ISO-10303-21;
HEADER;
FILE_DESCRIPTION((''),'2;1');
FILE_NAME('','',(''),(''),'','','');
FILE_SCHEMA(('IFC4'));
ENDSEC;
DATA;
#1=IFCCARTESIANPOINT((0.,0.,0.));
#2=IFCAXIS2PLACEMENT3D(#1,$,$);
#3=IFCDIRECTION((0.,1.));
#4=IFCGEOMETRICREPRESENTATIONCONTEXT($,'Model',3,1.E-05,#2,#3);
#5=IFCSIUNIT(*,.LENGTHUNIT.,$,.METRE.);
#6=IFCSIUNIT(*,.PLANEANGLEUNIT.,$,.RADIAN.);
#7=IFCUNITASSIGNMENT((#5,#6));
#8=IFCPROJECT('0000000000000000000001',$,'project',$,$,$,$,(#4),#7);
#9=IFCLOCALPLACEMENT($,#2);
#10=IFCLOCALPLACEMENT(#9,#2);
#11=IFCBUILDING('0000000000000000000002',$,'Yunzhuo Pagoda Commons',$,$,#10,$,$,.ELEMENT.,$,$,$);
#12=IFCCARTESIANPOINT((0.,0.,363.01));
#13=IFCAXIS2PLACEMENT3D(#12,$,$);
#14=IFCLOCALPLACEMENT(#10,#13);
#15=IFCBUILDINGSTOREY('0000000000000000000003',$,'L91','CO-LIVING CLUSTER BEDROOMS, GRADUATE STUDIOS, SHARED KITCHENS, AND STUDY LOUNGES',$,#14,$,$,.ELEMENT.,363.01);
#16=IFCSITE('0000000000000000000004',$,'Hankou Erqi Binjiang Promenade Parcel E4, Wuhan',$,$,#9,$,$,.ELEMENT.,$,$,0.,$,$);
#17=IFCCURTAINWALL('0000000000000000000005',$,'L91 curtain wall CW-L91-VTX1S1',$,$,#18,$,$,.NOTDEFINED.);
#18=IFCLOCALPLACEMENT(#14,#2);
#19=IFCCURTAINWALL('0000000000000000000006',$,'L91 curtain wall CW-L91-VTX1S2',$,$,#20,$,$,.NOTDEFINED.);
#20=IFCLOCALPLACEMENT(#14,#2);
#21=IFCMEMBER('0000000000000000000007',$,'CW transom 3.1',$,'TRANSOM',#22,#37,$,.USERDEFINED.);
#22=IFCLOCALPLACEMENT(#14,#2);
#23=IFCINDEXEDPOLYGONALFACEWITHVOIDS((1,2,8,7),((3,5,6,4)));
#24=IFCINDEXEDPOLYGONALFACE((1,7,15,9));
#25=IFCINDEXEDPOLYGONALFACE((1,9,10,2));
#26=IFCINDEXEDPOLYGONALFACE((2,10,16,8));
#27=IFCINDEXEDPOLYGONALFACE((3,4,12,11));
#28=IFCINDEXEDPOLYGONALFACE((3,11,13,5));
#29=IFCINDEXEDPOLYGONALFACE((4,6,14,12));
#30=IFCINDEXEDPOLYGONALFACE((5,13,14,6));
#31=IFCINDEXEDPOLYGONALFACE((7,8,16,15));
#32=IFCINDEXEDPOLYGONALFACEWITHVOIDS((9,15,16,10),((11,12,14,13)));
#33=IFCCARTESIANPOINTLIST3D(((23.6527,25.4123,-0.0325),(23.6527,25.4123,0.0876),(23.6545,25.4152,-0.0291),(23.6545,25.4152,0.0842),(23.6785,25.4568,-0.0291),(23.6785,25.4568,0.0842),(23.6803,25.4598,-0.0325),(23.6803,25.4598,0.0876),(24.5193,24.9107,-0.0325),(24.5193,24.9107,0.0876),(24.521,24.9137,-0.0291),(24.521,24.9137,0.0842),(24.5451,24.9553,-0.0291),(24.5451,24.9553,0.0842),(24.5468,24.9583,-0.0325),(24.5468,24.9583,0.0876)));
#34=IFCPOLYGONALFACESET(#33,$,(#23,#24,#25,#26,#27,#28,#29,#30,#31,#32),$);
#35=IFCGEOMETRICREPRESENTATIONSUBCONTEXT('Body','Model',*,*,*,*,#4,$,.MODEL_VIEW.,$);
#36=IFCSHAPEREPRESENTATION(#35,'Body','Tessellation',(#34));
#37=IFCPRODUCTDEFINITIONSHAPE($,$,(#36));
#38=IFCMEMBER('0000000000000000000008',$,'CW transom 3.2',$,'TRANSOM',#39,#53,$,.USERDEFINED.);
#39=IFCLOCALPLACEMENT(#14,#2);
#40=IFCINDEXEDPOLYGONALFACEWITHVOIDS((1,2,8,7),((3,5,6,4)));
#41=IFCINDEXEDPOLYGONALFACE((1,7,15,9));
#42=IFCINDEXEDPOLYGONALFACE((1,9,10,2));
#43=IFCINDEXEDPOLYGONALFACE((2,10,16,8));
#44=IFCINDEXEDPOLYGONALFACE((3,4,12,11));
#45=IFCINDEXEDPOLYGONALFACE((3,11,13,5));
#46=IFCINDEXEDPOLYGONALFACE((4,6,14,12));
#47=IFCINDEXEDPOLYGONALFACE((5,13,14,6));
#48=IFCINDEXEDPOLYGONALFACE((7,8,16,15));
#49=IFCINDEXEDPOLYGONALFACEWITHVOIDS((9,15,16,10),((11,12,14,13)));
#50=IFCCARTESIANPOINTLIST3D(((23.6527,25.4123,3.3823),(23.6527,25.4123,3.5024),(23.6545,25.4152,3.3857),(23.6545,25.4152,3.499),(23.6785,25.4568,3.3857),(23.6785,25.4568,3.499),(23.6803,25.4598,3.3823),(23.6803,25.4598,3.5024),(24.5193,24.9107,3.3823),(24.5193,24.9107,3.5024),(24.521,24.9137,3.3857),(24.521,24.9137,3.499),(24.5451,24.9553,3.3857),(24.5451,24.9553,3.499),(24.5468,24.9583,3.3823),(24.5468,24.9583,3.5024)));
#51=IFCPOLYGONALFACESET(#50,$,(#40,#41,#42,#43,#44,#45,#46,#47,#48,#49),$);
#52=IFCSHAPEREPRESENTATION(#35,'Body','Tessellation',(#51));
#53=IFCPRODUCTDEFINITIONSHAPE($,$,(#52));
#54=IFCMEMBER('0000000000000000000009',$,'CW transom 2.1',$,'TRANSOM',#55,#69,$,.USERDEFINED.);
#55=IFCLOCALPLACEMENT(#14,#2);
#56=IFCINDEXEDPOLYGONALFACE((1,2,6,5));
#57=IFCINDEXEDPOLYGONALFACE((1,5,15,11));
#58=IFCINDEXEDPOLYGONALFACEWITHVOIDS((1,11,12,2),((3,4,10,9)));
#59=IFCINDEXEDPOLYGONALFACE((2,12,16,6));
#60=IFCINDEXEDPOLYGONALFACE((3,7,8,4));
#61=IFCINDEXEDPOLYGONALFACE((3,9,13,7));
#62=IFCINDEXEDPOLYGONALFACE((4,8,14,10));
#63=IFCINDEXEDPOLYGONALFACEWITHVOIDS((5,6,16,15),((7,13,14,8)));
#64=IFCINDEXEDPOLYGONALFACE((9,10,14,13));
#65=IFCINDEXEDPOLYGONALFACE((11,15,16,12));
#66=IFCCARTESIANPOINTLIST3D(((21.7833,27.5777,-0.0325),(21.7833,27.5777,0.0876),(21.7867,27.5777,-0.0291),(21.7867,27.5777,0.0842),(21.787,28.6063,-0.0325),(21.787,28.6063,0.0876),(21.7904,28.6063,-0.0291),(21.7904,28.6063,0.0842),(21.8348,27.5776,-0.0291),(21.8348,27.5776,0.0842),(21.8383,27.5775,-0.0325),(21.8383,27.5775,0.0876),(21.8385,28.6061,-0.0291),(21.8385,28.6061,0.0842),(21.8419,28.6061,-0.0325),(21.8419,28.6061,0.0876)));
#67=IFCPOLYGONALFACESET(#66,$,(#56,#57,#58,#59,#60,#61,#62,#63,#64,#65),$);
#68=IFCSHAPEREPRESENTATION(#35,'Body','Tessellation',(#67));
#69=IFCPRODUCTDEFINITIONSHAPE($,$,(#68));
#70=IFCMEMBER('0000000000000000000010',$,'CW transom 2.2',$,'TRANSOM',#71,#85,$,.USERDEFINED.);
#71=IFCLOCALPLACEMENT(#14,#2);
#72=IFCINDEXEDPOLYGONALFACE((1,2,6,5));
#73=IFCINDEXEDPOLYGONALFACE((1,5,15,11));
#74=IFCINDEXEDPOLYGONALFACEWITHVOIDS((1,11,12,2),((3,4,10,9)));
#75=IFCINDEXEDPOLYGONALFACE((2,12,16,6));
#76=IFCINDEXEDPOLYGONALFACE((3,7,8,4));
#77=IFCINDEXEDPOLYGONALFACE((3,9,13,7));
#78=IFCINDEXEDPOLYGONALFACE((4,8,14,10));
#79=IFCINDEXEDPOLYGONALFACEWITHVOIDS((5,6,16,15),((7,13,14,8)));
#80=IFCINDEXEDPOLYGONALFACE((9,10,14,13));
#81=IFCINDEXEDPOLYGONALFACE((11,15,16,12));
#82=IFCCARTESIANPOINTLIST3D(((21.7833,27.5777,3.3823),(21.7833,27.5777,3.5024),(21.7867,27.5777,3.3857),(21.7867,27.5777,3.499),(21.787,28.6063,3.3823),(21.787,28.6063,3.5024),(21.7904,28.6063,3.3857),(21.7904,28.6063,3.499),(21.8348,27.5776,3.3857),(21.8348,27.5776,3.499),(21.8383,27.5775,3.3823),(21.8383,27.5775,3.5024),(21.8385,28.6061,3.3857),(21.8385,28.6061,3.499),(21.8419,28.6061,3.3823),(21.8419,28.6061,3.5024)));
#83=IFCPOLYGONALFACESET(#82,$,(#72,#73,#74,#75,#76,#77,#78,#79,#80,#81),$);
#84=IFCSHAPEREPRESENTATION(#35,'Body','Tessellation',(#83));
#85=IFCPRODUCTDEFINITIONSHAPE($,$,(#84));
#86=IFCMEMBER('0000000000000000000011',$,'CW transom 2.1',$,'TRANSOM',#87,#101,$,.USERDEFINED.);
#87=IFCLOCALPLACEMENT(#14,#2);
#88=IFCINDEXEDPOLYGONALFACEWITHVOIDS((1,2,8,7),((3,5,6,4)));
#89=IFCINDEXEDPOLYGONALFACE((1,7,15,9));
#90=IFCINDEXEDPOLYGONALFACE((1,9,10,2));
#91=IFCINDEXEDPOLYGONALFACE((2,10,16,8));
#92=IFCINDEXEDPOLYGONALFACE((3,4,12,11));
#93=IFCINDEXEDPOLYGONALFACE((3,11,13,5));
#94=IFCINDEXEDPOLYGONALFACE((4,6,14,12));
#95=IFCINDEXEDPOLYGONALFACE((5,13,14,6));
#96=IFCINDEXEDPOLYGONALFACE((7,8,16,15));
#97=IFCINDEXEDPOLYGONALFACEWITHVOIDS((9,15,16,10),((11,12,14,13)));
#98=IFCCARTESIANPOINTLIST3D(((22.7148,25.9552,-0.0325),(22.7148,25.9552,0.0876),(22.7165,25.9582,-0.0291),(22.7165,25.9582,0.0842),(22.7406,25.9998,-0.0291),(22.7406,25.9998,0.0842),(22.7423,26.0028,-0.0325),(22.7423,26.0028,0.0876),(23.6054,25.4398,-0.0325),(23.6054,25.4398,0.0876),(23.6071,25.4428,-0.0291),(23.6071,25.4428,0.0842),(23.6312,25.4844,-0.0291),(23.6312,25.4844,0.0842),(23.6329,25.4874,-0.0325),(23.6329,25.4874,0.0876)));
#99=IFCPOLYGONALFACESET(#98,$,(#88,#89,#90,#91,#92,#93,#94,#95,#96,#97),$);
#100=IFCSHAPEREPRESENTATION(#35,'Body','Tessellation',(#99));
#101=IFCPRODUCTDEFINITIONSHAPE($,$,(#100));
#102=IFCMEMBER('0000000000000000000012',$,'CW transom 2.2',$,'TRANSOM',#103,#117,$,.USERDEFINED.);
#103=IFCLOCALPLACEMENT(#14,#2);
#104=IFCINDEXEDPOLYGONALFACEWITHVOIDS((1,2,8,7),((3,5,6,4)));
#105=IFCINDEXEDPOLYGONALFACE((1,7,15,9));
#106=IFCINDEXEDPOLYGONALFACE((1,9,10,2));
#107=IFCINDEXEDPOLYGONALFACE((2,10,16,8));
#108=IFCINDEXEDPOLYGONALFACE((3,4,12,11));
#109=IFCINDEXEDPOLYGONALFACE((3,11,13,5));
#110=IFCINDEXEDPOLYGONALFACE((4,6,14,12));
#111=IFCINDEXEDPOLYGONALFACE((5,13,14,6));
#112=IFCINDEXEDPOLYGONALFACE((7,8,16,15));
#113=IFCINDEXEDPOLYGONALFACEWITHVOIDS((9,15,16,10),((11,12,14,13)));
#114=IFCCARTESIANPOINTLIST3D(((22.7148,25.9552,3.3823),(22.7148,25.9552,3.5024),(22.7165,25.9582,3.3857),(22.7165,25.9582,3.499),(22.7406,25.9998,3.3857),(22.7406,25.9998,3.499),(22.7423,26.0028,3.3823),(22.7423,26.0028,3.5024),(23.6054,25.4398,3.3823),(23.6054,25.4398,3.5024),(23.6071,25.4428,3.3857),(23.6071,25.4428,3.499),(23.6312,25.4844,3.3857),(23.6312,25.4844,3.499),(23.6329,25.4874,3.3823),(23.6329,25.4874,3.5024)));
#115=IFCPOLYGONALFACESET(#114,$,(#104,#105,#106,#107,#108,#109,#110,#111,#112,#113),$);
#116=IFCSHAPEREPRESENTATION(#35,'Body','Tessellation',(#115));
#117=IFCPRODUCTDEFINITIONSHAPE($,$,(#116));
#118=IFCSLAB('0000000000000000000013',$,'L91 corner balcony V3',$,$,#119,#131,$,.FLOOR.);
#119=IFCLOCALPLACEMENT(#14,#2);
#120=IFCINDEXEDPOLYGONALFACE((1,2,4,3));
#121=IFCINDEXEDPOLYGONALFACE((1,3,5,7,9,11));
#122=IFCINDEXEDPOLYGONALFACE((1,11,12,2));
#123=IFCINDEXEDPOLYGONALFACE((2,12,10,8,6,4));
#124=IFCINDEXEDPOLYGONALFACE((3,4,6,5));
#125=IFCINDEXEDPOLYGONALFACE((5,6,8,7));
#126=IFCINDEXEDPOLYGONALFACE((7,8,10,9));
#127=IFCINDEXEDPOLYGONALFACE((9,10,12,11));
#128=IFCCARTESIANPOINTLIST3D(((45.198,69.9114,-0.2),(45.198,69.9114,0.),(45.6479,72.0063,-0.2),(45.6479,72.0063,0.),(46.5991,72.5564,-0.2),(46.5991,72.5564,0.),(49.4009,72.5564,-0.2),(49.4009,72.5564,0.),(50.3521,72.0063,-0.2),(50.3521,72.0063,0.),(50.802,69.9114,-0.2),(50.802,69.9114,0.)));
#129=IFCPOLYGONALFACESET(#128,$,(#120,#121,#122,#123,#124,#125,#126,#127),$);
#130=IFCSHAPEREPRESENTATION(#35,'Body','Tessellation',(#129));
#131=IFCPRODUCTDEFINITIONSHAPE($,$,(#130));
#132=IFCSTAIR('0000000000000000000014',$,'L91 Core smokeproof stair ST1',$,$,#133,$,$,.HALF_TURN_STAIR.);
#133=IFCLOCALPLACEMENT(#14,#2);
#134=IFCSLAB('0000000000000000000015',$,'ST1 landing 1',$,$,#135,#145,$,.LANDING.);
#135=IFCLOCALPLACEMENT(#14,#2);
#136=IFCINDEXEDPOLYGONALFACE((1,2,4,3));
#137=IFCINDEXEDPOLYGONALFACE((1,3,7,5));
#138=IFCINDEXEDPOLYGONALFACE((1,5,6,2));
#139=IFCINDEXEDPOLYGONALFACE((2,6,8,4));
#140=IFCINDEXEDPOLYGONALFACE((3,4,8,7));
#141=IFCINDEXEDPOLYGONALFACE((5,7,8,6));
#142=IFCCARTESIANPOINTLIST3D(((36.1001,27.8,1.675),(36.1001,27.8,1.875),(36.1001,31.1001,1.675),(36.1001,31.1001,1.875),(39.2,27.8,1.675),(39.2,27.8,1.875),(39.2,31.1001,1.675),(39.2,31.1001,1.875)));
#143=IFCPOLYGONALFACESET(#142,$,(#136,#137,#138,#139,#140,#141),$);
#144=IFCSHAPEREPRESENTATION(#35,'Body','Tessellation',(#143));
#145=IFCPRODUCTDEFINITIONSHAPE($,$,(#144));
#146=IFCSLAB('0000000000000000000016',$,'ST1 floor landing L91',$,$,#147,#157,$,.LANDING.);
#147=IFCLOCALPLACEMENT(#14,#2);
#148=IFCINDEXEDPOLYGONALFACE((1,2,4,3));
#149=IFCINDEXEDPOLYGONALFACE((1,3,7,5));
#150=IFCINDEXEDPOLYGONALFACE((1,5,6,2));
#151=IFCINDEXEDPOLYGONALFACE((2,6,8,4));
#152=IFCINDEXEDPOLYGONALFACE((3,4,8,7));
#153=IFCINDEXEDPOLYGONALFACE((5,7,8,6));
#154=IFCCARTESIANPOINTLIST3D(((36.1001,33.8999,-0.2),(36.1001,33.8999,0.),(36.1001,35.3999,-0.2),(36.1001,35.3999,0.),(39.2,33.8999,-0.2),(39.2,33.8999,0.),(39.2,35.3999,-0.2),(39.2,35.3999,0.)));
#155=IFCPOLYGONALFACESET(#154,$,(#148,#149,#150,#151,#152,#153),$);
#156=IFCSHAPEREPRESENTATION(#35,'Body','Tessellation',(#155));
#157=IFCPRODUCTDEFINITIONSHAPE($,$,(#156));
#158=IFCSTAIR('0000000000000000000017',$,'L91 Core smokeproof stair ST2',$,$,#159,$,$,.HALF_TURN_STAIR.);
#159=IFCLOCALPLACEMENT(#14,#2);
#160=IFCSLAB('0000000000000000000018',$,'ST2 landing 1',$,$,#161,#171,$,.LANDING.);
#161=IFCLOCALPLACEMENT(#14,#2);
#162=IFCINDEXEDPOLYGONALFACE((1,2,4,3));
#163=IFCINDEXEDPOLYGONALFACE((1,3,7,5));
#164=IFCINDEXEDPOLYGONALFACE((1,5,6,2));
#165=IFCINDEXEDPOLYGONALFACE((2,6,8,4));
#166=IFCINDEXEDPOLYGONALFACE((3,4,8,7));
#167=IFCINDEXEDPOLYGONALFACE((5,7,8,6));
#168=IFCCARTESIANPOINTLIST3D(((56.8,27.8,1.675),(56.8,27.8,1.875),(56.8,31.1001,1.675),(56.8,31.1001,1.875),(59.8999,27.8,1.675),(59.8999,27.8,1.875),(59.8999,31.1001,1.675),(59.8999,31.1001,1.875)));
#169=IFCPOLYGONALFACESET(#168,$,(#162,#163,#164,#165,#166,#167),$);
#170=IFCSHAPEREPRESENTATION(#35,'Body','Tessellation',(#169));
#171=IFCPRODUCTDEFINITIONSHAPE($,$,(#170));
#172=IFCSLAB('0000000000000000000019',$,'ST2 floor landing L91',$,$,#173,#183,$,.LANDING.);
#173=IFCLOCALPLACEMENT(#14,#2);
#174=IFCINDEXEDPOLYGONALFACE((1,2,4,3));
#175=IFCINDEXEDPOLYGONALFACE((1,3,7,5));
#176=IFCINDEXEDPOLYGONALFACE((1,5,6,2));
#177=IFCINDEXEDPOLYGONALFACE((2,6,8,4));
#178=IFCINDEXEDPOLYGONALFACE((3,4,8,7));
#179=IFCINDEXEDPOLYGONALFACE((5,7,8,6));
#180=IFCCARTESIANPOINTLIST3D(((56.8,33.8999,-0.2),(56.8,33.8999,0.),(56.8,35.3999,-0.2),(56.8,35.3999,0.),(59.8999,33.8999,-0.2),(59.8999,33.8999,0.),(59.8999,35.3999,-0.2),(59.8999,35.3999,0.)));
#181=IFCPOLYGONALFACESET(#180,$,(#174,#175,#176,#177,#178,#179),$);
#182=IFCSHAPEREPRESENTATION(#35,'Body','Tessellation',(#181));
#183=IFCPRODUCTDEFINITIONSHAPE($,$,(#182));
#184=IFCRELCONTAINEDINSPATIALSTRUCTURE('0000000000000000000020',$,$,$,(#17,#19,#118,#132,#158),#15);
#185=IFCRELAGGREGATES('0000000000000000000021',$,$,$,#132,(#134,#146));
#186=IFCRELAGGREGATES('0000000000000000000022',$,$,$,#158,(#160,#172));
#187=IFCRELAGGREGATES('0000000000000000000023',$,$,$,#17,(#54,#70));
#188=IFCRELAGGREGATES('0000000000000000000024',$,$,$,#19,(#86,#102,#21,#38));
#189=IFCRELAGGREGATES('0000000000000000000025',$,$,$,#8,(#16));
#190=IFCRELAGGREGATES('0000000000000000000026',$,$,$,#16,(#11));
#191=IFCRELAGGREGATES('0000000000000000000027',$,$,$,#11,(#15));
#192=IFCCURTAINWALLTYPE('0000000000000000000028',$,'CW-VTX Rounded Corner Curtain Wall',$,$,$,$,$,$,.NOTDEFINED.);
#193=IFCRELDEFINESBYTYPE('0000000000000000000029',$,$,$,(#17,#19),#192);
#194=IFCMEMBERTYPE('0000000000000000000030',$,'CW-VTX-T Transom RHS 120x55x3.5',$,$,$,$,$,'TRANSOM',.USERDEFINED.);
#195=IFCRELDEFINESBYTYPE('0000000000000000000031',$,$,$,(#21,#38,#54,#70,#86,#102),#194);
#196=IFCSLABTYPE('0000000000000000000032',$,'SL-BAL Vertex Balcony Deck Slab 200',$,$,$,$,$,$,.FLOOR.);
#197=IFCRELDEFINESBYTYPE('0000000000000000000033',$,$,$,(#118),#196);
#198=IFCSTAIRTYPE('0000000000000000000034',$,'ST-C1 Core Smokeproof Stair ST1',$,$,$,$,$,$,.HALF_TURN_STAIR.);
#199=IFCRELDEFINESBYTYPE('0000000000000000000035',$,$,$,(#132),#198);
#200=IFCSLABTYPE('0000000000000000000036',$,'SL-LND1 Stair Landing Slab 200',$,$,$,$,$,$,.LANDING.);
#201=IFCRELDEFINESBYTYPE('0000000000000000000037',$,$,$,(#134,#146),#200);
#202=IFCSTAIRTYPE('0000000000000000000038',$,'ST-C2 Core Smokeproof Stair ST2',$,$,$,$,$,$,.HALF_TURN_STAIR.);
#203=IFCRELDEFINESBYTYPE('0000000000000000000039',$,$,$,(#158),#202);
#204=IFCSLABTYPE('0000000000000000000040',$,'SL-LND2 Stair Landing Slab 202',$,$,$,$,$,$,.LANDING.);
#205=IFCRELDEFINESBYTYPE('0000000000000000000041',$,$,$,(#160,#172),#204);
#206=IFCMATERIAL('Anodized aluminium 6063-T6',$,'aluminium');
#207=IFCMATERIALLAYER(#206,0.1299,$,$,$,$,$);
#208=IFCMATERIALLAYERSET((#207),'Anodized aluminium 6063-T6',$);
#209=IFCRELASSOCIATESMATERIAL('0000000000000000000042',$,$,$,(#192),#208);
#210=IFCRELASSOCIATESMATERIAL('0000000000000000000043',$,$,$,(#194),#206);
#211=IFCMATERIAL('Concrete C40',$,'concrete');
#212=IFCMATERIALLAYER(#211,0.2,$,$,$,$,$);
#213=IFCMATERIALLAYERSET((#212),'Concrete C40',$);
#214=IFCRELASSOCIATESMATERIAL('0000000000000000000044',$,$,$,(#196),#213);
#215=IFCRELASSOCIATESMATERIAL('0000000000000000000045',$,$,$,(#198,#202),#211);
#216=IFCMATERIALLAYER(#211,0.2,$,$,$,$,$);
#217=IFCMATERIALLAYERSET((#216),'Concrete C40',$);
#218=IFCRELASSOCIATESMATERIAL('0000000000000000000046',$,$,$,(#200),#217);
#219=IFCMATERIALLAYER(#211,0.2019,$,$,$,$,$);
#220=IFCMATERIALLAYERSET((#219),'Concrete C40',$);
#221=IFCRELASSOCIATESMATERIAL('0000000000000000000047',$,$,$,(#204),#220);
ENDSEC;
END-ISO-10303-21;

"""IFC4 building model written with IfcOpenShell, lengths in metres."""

from ifc_helpers import new_model, si_unit, direction, frame, origin, origin_2d, place, context, subcontext, project, spatial, polyline, hollow_rectangle, outline, extrude, source, transform, mapped, material, layer, layer_set, material_profile, profile_set, type_object, element, aggregate, save


model = new_model("IFC4")

# Units and contexts
model_context = context("Model", 3, precision=1e-05, world=origin(), true_north=direction((0.0, 1.0)))
body_context = subcontext(model_context, "Body", "Model", "MODEL_VIEW")
ifc_project = project(units=[si_unit("LENGTHUNIT", "METRE"), si_unit("PLANEANGLEUNIT", "RADIAN")], contexts=[model_context])

# Site, building, storey
site_placement = place(None, origin())
site = spatial("IfcSite", under=ifc_project, at=site_placement, Name="Hankou Erqi Binjiang Promenade Parcel E4, Wuhan", CompositionType="ELEMENT", RefElevation=0.0)
building_placement = place(site_placement, origin())
building = spatial("IfcBuilding", under=site, at=building_placement, Name="Yunzhuo Pagoda Commons", CompositionType="ELEMENT")
storey_placement = place(building_placement, frame((0.0, 0.0, 363.01)))
storey = spatial("IfcBuildingStorey", under=building, at=storey_placement, Name="L91", Description="CO-LIVING CLUSTER BEDROOMS, GRADUATE STUDIOS, SHARED KITCHENS, AND STUDY LOUNGES", CompositionType="ELEMENT", Elevation=363.01)

# Shared definitions
ifc_material_1 = material(Name="Anodized aluminium 6063-T6", Category="aluminium")

# Curtain walls
ifc_layer_1 = layer(ifc_material_1, 0.1299)
ifc_layer_set_1 = layer_set([ifc_layer_1], Name="Anodized aluminium 6063-T6")
curtain_wall_type_1 = type_object("IfcCurtainWallType", Name="CW-VTX Rounded Corner Curtain Wall", PredefinedType="NOTDEFINED", material=ifc_layer_set_1)
curtain_wall_1_placement = place(storey_placement, origin())
curtain_wall_1 = element("IfcCurtainWall", 1, at=curtain_wall_1_placement, inside=storey, type_object=curtain_wall_type_1, Name="L91 curtain wall CW-L91-VTX1S1", PredefinedType="NOTDEFINED")
curtain_wall_2_placement = place(storey_placement, origin())
curtain_wall_2 = element("IfcCurtainWall", 2, at=curtain_wall_2_placement, inside=storey, type_object=curtain_wall_type_1, Name="L91 curtain wall CW-L91-VTX1S2", PredefinedType="NOTDEFINED")

# Members
ifc_material_profile_1 = material_profile(ifc_material_1, hollow_rectangle(XDim=0.0549, YDim=0.1201, WallThickness=0.0034, at=origin_2d()), Name="Anodized aluminium 6063-T6")
ifc_profile_set_1 = profile_set([ifc_material_profile_1], Name="Anodized aluminium 6063-T6")
member_type_1 = type_object("IfcMemberType", Name="CW-VTX-T Transom RHS 120x55x3.5", ElementType="TRANSOM", PredefinedType="USERDEFINED", material=ifc_profile_set_1)
shared_shape_1 = source(origin(), body_context, "Body", "SweptSolid", [
    extrude(hollow_rectangle(XDim=0.0549, YDim=0.1201, WallThickness=0.0034, at=origin_2d()), origin(), (0.0, 0.0, 1.0), 1.0012),
])
member_1_placement = place(storey_placement, frame((23.6665, 25.436, 0.0276), z_axis=(0.865499, -0.500911, 0.0), x_axis=(0.500911, 0.865499, 0.0)))
member_1 = element("IfcMember", 3, at=member_1_placement, type_object=member_type_1, Name="CW transom 3.1", ObjectType="TRANSOM", PredefinedType="USERDEFINED", context=body_context, shape_type="MappedRepresentation", body=[
    mapped(shared_shape_1, transform((0.0, 0.0, 0.0), scale=1.0)),
])
member_2_placement = place(storey_placement, frame((23.6665, 25.436, 3.4424), z_axis=(0.865499, -0.500911, 0.0), x_axis=(0.500911, 0.865499, 0.0)))
member_2 = element("IfcMember", 4, at=member_2_placement, type_object=member_type_1, Name="CW transom 3.2", ObjectType="TRANSOM", PredefinedType="USERDEFINED", context=body_context, shape_type="MappedRepresentation", body=[
    mapped(shared_shape_1, transform((0.0, 0.0, 0.0), scale=1.0)),
])
shared_shape_2 = source(origin(), body_context, "Body", "SweptSolid", [
    extrude(hollow_rectangle(XDim=0.0549, YDim=0.1201, WallThickness=0.0034, at=origin_2d()), origin(), (0.0, 0.0, 1.0), 1.0286),
])
member_3_placement = place(storey_placement, frame((21.8145, 28.6062, 0.0276), z_axis=(-0.00356, -0.999994, 0.0), x_axis=(0.999994, -0.00356, 0.0)))
member_3 = element("IfcMember", 5, at=member_3_placement, type_object=member_type_1, Name="CW transom 2.1", ObjectType="TRANSOM", PredefinedType="USERDEFINED", context=body_context, shape_type="MappedRepresentation", body=[
    mapped(shared_shape_2, transform((0.0, 0.0, 0.0), scale=1.0)),
])
member_4_placement = place(storey_placement, frame((21.8145, 28.6062, 3.4424), z_axis=(-0.00356, -0.999994, 0.0), x_axis=(0.999994, -0.00356, 0.0)))
member_4 = element("IfcMember", 6, at=member_4_placement, type_object=member_type_1, Name="CW transom 2.2", ObjectType="TRANSOM", PredefinedType="USERDEFINED", context=body_context, shape_type="MappedRepresentation", body=[
    mapped(shared_shape_2, transform((0.0, 0.0, 0.0), scale=1.0)),
])
shared_shape_3 = source(origin(), body_context, "Body", "SweptSolid", [
    extrude(hollow_rectangle(XDim=0.0549, YDim=0.1201, WallThickness=0.0034, at=origin_2d()), origin(), (0.0, 0.0, 1.0), 1.0291),
])
member_5_placement = place(storey_placement, frame((22.7285, 25.979, 0.0276), z_axis=(0.865529, -0.500859, 0.0), x_axis=(0.500859, 0.865529, 0.0)))
member_5 = element("IfcMember", 7, at=member_5_placement, type_object=member_type_1, Name="CW transom 2.1", ObjectType="TRANSOM", PredefinedType="USERDEFINED", context=body_context, shape_type="MappedRepresentation", body=[
    mapped(shared_shape_3, transform((0.0, 0.0, 0.0), scale=1.0)),
])
member_6_placement = place(storey_placement, frame((22.7285, 25.979, 3.4424), z_axis=(0.865529, -0.500859, 0.0), x_axis=(0.500859, 0.865529, 0.0)))
member_6 = element("IfcMember", 8, at=member_6_placement, type_object=member_type_1, Name="CW transom 2.2", ObjectType="TRANSOM", PredefinedType="USERDEFINED", context=body_context, shape_type="MappedRepresentation", body=[
    mapped(shared_shape_3, transform((0.0, 0.0, 0.0), scale=1.0)),
])

# Slab
ifc_material_2 = material(Name="Concrete C40", Category="concrete")
ifc_layer_2 = layer(ifc_material_2, 0.2)
ifc_layer_set_2 = layer_set([ifc_layer_2], Name="Concrete C40")
slab_type_1 = type_object("IfcSlabType", Name="SL-BAL Vertex Balcony Deck Slab 200", PredefinedType="FLOOR", material=ifc_layer_set_2)
slab_1_placement = place(storey_placement, frame((0.0, 0.0, -0.2)))
element("IfcSlab", 9, at=slab_1_placement, inside=storey, type_object=slab_type_1, Name="L91 corner balcony V3", PredefinedType="FLOOR", context=body_context, shape_type="SweptSolid", body=[
    extrude(outline(polyline([(50.802, 69.9114), (45.198, 69.9114), (45.6479, 72.0063), (46.5991, 72.5564), (49.4009, 72.5564), (50.3521, 72.0063), (50.802, 69.9114)])), origin(), (0.0, 0.0, 1.0), 0.2),
])

# Stairs, slabs
stair_type_1 = type_object("IfcStairType", Name="ST-C1 Core Smokeproof Stair ST1", PredefinedType="HALF_TURN_STAIR", material=ifc_material_2)
stair_1_placement = place(storey_placement, origin())
stair_1 = element("IfcStair", 10, at=stair_1_placement, inside=storey, type_object=stair_type_1, Name="L91 Core smokeproof stair ST1", PredefinedType="HALF_TURN_STAIR")
ifc_layer_3 = layer(ifc_material_2, 0.2)
ifc_layer_set_3 = layer_set([ifc_layer_3], Name="Concrete C40")
slab_type_2 = type_object("IfcSlabType", Name="SL-LND1 Stair Landing Slab 200", PredefinedType="LANDING", material=ifc_layer_set_3)
slab_2_placement = place(storey_placement, frame((0.0, 0.0, 1.675)))
slab_2 = element("IfcSlab", 11, at=slab_2_placement, type_object=slab_type_2, Name="ST1 landing 1", PredefinedType="LANDING", context=body_context, shape_type="SweptSolid", body=[
    extrude(outline(polyline([(36.1001, 31.1001), (36.1001, 27.8), (39.2, 27.8), (39.2, 31.1001), (36.1001, 31.1001)])), origin(), (0.0, 0.0, 1.0), 0.2),
])
slab_3_placement = place(storey_placement, frame((0.0, 0.0, -0.2)))
slab_3 = element("IfcSlab", 12, at=slab_3_placement, type_object=slab_type_2, Name="ST1 floor landing L91", PredefinedType="LANDING", context=body_context, shape_type="SweptSolid", body=[
    extrude(outline(polyline([(36.1001, 35.3999), (36.1001, 33.8999), (39.2, 33.8999), (39.2, 35.3999), (36.1001, 35.3999)])), origin(), (0.0, 0.0, 1.0), 0.2),
])
aggregate(stair_1, [slab_2, slab_3])
stair_type_2 = type_object("IfcStairType", Name="ST-C2 Core Smokeproof Stair ST2", PredefinedType="HALF_TURN_STAIR", material=ifc_material_2)
stair_2_placement = place(storey_placement, origin())
stair_2 = element("IfcStair", 13, at=stair_2_placement, inside=storey, type_object=stair_type_2, Name="L91 Core smokeproof stair ST2", PredefinedType="HALF_TURN_STAIR")
ifc_layer_4 = layer(ifc_material_2, 0.2019)
ifc_layer_set_4 = layer_set([ifc_layer_4], Name="Concrete C40")
slab_type_3 = type_object("IfcSlabType", Name="SL-LND2 Stair Landing Slab 202", PredefinedType="LANDING", material=ifc_layer_set_4)
slab_4_placement = place(storey_placement, frame((0.0, 0.0, 1.675)))
slab_4 = element("IfcSlab", 14, at=slab_4_placement, type_object=slab_type_3, Name="ST2 landing 1", PredefinedType="LANDING", context=body_context, shape_type="SweptSolid", body=[
    extrude(outline(polyline([(56.8, 31.1001), (56.8, 27.8), (59.8999, 27.8), (59.8999, 31.1001), (56.8, 31.1001)])), origin(), (0.0, 0.0, 1.0), 0.2),
])
slab_5_placement = place(storey_placement, frame((0.0, 0.0, -0.2)))
slab_5 = element("IfcSlab", 15, at=slab_5_placement, type_object=slab_type_3, Name="ST2 floor landing L91", PredefinedType="LANDING", context=body_context, shape_type="SweptSolid", body=[
    extrude(outline(polyline([(56.8, 35.3999), (56.8, 33.8999), (59.8999, 33.8999), (59.8999, 35.3999), (56.8, 35.3999)])), origin(), (0.0, 0.0, 1.0), 0.2),
])
aggregate(stair_2, [slab_4, slab_5])

aggregate(curtain_wall_1, [member_3, member_4])
aggregate(curtain_wall_2, [member_5, member_6, member_1, member_2])

save(model, "model.ifc")
